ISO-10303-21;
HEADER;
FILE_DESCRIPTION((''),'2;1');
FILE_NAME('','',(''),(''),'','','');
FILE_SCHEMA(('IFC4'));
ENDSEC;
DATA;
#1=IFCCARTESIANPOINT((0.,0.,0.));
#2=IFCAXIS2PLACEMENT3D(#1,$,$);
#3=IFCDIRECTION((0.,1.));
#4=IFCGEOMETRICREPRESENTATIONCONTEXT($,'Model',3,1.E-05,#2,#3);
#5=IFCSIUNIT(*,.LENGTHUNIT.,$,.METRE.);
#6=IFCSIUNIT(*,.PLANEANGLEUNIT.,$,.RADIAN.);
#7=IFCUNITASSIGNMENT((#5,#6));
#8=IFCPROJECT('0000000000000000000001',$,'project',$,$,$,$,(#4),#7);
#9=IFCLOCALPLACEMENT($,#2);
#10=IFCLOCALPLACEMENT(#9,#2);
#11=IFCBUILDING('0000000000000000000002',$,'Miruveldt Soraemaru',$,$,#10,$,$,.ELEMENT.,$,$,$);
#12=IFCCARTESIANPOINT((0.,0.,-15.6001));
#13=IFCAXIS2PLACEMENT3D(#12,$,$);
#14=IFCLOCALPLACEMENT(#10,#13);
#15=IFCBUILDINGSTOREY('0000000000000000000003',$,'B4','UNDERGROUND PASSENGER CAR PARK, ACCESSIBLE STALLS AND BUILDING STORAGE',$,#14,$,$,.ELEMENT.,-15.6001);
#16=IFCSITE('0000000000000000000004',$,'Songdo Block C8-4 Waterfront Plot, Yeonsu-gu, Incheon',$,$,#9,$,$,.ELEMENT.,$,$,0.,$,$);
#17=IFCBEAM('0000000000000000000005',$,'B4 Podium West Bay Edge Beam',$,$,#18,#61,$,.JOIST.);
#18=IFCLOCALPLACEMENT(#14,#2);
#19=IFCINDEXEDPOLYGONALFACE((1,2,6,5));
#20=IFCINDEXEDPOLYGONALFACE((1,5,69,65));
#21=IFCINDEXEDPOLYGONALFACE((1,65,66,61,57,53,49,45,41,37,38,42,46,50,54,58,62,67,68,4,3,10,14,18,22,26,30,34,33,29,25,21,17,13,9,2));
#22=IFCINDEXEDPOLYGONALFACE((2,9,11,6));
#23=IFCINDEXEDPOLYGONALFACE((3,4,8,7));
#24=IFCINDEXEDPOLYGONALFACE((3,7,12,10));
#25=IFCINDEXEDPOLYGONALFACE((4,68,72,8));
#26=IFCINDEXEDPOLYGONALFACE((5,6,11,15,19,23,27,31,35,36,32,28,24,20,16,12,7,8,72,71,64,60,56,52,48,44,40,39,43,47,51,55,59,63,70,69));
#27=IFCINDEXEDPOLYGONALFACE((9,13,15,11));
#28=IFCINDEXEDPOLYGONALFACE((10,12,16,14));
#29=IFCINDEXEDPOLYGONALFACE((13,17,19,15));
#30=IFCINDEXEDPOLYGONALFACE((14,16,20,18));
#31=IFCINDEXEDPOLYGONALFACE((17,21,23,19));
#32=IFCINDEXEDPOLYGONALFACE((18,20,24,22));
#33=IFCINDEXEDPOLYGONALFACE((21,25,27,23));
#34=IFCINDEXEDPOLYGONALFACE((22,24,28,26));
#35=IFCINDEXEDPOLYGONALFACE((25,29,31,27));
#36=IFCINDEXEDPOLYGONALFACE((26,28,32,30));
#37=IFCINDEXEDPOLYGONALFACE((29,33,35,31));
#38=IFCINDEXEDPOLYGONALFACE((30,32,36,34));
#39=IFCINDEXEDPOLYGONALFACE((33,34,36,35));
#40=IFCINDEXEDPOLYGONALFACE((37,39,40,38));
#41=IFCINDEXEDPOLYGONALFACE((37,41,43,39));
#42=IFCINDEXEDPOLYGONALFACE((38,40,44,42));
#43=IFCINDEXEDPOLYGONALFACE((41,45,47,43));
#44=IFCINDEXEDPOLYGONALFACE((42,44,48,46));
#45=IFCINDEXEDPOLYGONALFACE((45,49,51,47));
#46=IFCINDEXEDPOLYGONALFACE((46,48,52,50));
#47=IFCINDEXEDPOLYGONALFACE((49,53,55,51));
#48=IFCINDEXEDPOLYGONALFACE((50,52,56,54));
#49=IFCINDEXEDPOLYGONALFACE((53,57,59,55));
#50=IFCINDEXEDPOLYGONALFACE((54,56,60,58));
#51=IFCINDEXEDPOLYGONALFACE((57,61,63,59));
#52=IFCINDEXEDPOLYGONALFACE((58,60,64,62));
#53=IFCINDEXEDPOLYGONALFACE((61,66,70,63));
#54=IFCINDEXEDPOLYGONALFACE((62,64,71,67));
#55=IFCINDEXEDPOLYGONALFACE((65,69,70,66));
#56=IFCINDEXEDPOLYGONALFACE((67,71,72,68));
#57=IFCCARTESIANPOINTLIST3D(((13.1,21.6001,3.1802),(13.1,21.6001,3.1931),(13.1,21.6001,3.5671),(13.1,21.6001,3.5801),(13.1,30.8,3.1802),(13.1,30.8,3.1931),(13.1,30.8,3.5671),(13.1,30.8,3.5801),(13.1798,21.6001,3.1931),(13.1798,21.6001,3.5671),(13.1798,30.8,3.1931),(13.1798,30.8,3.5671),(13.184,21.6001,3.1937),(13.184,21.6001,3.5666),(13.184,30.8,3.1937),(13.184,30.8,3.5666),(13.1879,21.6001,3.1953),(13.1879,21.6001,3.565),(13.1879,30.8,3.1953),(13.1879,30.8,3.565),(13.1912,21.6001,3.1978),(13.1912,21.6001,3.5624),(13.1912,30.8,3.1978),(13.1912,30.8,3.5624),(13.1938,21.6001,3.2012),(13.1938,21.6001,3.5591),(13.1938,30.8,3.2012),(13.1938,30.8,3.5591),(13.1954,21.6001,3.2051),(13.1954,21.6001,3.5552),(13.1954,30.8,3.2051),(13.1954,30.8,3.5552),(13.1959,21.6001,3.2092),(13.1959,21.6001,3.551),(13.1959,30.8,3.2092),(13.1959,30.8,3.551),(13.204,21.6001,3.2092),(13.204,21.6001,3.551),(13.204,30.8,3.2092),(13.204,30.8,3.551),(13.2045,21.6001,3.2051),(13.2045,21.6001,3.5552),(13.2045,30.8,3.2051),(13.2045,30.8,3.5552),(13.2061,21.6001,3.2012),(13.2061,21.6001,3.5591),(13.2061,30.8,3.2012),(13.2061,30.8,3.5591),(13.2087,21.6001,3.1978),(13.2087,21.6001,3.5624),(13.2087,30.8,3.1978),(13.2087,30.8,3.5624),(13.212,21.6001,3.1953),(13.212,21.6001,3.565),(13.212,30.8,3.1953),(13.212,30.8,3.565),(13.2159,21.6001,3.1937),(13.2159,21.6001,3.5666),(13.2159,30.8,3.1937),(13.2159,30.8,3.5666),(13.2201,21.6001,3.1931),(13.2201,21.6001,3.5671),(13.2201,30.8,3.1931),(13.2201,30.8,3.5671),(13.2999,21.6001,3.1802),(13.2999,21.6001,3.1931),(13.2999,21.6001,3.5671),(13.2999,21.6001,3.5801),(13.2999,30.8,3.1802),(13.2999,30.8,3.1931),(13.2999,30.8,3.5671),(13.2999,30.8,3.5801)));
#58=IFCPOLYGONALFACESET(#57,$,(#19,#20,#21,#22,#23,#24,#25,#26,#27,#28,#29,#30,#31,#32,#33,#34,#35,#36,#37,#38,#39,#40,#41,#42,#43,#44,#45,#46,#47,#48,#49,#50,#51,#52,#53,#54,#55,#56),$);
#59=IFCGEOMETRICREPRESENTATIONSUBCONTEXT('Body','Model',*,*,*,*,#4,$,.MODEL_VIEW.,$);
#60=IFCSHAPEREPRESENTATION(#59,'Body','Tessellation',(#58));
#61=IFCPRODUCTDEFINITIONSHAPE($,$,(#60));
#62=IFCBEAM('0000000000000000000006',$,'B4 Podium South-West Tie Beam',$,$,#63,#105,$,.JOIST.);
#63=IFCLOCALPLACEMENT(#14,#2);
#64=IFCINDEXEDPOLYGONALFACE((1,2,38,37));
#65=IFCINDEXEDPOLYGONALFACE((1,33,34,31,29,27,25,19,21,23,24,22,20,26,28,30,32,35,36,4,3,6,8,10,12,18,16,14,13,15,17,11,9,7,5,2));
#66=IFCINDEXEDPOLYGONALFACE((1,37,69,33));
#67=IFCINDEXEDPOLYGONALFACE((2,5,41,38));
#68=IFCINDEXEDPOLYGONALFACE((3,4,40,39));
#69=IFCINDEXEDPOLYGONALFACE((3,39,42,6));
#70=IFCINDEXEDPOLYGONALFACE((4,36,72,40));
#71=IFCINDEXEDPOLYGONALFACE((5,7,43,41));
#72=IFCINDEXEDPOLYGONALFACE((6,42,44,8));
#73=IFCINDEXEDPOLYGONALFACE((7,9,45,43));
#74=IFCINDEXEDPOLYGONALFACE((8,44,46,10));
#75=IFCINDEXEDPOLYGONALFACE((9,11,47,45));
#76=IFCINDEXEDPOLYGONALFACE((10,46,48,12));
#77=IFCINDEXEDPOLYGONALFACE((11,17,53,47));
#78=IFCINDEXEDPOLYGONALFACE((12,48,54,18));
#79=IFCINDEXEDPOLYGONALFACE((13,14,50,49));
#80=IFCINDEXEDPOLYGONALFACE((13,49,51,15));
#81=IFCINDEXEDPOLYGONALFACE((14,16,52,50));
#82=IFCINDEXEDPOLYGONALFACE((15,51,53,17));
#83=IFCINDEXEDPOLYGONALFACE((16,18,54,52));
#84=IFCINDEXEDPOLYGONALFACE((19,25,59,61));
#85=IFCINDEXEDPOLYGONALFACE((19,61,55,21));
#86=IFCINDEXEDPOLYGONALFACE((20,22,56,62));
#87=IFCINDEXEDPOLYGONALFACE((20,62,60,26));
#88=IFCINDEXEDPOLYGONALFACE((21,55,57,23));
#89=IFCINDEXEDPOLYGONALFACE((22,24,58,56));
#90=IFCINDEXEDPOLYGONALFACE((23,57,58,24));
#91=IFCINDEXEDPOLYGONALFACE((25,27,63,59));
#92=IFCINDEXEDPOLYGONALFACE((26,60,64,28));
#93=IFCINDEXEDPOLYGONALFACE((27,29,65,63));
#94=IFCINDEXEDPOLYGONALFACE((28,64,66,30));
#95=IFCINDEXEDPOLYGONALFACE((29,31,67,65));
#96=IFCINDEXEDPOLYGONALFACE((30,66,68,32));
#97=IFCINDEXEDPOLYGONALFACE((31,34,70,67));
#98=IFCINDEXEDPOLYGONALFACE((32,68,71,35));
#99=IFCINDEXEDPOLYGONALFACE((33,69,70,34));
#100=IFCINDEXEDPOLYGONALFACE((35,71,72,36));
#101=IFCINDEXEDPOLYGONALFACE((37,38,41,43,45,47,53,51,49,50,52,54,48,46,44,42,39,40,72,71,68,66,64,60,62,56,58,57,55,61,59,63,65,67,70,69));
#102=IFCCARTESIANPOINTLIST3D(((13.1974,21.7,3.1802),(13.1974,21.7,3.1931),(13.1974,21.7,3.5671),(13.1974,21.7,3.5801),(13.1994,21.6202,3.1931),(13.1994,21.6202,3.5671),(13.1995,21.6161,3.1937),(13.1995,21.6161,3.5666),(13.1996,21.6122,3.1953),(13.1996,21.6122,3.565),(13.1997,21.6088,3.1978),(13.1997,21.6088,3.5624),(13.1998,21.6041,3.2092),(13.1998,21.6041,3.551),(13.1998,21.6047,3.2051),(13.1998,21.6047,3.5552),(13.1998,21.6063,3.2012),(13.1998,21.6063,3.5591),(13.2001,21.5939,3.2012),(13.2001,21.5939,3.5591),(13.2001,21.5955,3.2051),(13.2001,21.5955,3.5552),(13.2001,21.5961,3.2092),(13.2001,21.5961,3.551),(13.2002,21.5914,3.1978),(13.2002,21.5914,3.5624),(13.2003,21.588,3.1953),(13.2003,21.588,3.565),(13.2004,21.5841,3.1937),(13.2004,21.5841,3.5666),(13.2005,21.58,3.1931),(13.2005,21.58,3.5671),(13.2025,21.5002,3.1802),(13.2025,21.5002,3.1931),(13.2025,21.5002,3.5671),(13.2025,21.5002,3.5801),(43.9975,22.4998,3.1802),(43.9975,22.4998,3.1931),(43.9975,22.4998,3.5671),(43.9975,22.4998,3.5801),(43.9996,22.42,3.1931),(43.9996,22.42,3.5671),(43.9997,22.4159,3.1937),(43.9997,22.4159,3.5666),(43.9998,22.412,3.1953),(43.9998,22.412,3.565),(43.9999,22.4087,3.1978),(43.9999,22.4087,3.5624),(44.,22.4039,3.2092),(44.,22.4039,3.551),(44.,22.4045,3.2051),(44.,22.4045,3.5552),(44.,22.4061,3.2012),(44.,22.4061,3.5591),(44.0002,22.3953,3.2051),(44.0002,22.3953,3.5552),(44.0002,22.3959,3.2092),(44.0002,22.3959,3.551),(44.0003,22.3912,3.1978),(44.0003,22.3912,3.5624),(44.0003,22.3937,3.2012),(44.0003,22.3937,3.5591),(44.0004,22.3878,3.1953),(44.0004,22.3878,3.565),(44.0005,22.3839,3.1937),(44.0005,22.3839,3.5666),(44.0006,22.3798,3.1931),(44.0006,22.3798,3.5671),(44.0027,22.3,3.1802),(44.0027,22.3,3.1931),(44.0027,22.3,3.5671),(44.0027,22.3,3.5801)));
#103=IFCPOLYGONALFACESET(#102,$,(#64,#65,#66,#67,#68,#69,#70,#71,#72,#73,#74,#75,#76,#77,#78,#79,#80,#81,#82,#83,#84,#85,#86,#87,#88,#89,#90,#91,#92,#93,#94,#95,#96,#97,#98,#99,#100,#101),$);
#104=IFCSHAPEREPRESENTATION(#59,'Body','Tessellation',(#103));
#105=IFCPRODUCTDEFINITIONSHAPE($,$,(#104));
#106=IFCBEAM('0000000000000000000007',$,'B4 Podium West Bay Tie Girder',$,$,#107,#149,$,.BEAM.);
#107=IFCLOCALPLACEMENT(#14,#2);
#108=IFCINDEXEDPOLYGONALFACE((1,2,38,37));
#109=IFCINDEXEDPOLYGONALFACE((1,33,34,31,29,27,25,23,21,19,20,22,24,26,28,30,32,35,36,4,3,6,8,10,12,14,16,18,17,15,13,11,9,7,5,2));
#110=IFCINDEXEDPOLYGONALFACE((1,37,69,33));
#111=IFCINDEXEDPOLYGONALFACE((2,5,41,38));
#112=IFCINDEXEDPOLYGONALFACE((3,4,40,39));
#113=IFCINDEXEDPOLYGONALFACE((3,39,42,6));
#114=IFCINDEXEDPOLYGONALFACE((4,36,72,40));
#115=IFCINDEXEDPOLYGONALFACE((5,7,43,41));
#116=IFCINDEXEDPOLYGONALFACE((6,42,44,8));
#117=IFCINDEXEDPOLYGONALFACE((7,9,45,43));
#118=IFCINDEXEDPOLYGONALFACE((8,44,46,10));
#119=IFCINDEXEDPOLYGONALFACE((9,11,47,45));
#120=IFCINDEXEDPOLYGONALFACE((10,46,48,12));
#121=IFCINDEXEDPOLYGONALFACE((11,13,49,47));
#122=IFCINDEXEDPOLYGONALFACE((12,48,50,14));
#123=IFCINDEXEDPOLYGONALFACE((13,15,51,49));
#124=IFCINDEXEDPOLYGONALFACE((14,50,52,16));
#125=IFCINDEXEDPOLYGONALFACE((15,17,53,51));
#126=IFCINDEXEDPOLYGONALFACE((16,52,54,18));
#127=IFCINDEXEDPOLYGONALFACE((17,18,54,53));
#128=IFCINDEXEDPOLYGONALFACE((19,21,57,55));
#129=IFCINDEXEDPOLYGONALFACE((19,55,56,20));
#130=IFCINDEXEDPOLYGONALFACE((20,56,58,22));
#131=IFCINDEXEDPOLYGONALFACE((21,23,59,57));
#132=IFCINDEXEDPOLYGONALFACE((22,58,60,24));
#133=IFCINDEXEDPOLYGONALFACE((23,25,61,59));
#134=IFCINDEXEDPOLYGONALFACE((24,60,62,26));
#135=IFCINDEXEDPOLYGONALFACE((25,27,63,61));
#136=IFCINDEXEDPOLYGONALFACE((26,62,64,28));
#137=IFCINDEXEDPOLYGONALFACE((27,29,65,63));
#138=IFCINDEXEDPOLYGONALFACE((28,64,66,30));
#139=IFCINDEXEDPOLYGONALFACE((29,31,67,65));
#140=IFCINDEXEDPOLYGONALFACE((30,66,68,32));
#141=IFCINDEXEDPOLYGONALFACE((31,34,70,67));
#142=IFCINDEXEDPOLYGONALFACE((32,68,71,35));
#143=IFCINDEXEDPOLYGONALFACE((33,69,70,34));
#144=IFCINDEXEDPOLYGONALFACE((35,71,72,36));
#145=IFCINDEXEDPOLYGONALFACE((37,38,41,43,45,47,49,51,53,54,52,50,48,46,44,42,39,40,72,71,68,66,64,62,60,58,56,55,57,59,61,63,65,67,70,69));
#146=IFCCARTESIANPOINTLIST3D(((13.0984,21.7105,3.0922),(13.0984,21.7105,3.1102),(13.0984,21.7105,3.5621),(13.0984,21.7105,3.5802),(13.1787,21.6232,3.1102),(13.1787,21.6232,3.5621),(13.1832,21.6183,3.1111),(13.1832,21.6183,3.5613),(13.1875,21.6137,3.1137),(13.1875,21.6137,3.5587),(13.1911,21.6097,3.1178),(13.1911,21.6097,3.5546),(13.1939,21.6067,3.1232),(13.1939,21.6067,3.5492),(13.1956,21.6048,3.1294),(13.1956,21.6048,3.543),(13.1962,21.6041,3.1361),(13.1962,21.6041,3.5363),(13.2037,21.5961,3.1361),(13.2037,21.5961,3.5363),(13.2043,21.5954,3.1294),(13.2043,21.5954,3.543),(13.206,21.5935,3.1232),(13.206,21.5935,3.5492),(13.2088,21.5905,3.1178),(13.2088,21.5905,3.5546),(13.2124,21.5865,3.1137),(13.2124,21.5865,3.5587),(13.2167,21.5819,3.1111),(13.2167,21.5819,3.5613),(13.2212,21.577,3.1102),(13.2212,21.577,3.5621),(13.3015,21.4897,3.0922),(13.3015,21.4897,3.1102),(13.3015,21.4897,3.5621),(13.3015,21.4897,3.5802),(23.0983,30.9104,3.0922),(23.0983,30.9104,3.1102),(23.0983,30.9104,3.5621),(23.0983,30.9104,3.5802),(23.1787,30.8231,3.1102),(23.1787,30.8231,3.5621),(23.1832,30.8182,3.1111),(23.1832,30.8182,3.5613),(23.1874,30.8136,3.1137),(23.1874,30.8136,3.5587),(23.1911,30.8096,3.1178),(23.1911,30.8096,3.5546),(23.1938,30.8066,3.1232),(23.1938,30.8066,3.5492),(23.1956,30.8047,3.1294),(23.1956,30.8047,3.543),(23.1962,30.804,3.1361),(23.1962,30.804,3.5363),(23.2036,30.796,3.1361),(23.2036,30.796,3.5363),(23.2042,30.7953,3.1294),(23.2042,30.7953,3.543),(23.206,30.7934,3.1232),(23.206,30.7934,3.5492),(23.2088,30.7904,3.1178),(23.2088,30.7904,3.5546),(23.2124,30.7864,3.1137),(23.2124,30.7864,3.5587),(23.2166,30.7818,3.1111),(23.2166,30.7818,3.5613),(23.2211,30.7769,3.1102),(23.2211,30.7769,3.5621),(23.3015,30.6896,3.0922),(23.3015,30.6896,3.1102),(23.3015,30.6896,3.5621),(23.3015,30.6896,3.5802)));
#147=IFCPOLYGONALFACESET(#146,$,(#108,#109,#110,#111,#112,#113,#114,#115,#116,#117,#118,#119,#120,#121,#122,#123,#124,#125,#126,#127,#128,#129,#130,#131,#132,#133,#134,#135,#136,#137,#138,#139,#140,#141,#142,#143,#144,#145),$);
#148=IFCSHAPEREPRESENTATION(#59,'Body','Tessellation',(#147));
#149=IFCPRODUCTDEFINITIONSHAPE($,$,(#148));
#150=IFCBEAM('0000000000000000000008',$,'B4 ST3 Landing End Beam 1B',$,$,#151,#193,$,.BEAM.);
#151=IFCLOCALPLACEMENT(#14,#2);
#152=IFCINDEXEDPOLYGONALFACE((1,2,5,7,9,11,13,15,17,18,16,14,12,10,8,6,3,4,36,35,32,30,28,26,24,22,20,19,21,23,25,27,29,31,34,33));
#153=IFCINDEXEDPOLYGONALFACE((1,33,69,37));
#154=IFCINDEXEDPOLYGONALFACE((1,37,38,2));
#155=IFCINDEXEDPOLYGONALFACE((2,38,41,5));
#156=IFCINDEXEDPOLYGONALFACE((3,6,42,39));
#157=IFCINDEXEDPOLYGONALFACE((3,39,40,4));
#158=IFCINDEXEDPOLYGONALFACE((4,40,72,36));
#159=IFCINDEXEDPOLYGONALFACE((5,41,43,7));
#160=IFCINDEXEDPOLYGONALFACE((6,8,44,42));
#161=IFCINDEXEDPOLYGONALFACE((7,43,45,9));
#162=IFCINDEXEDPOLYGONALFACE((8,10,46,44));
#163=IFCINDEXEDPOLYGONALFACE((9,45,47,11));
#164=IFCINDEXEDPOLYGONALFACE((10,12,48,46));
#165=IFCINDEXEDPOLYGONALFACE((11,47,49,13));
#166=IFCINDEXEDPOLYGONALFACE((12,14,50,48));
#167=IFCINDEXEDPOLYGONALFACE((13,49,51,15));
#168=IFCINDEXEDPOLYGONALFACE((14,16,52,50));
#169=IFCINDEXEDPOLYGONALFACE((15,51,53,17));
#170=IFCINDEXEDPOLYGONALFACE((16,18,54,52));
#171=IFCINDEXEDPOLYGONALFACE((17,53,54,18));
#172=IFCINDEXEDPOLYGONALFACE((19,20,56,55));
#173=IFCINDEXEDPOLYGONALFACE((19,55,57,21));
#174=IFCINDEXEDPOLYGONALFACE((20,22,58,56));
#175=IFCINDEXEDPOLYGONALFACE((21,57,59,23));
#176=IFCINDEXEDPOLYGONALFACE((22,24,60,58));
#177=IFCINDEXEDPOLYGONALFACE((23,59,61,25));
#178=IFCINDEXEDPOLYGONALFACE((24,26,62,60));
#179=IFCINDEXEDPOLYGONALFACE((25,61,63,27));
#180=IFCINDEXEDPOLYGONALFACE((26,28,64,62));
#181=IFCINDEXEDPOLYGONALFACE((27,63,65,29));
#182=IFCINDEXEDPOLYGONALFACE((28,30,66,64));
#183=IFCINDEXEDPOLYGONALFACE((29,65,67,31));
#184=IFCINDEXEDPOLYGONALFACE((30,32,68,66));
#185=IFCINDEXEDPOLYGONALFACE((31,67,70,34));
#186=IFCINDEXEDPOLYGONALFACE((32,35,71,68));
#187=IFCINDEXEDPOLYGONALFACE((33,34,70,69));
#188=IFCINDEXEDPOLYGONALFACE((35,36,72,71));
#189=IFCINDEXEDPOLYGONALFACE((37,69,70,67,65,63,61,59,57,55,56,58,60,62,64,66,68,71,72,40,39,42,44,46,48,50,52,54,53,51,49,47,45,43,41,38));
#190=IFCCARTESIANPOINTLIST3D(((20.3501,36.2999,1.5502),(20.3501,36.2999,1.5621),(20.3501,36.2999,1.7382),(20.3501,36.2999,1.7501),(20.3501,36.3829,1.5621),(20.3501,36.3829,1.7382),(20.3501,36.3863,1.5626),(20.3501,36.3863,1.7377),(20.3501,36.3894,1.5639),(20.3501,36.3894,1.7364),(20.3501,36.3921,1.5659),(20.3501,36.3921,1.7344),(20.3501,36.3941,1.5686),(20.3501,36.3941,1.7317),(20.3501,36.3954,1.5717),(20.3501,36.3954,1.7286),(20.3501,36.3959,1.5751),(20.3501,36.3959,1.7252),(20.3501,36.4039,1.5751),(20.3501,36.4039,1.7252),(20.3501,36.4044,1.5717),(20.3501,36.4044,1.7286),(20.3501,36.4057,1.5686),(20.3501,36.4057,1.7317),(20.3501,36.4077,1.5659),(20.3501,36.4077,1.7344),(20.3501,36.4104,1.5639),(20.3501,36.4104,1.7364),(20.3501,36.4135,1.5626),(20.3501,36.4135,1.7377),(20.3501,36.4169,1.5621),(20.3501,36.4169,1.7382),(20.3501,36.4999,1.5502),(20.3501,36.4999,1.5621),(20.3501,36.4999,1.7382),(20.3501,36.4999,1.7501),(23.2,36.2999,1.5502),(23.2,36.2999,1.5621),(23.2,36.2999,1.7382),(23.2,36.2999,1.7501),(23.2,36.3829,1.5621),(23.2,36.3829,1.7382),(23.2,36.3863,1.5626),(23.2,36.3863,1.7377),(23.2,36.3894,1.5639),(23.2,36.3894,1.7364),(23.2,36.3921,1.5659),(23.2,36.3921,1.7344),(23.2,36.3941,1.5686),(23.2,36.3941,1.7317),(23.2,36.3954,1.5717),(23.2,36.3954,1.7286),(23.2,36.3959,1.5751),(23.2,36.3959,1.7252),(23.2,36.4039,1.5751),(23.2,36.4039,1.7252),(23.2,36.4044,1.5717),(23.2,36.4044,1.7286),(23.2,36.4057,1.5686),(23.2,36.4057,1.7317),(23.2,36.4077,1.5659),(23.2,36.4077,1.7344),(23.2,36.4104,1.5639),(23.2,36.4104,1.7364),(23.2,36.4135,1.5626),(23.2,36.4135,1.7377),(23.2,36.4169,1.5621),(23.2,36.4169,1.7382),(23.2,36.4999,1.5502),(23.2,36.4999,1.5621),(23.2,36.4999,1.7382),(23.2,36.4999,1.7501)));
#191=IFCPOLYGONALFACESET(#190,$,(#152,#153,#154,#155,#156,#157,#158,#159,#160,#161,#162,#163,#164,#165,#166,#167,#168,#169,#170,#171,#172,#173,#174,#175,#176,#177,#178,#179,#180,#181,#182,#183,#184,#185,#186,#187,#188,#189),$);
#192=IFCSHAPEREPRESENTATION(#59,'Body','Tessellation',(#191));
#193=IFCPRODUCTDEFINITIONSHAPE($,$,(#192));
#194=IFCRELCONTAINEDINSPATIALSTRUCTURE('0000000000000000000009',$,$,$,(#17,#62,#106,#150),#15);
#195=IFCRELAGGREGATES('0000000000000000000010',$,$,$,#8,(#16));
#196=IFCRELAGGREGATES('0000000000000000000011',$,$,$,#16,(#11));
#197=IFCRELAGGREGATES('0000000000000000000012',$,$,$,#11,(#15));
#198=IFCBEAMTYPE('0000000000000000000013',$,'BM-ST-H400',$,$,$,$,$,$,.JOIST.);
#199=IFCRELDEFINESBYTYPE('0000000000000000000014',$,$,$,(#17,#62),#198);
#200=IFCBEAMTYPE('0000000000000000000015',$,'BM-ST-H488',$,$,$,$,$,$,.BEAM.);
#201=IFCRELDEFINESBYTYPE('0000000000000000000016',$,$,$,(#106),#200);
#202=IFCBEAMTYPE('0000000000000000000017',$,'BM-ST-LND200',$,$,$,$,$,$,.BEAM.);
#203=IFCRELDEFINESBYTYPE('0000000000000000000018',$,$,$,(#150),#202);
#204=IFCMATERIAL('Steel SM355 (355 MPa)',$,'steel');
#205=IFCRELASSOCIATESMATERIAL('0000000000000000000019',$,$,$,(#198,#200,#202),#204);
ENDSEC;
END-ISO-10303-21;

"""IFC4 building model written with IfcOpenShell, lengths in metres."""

from ifc_helpers import new_model, si_unit, direction, frame, origin, origin_2d, place, context, subcontext, project, spatial, i_section, extrude, material, material_profile, profile_set, type_object, element, save


model = new_model("IFC4")

# Units and contexts
model_context = context("Model", 3, precision=1e-05, world=origin(), true_north=direction((0.0, 1.0)))
body_context = subcontext(model_context, "Body", "Model", "MODEL_VIEW")
ifc_project = project(units=[si_unit("LENGTHUNIT", "METRE"), si_unit("PLANEANGLEUNIT", "RADIAN")], contexts=[model_context])

# Site, building, storey
site_placement = place(None, origin())
site = spatial("IfcSite", under=ifc_project, at=site_placement, Name="Songdo Block C8-4 Waterfront Plot, Yeonsu-gu, Incheon", CompositionType="ELEMENT", RefElevation=0.0)
building_placement = place(site_placement, origin())
building = spatial("IfcBuilding", under=site, at=building_placement, Name="Miruveldt Soraemaru", CompositionType="ELEMENT")
storey_placement = place(building_placement, frame((0.0, 0.0, -15.6001)))
storey = spatial("IfcBuildingStorey", under=building, at=storey_placement, Name="B4", Description="UNDERGROUND PASSENGER CAR PARK, ACCESSIBLE STALLS AND BUILDING STORAGE", CompositionType="ELEMENT", Elevation=-15.6001)

# Beams
ifc_material_1 = material(Name="Steel SM355 (355 MPa)", Category="steel")
ifc_material_profile_1 = material_profile(ifc_material_1, i_section(OverallWidth=0.2, OverallDepth=0.3999, WebThickness=0.0081, FlangeThickness=0.0129, FilletRadius=0.0161, at=origin_2d()), Name="Steel SM355 (355 MPa)", Category="steel")
ifc_profile_set_1 = profile_set([ifc_material_profile_1], Name="Steel SM355 (355 MPa)")
beam_type_1 = type_object("IfcBeamType", Name="BM-ST-H400", PredefinedType="JOIST", material=ifc_profile_set_1)
beam_1_placement = place(storey_placement, frame((13.2, 30.8, 3.3801), z_axis=(0.0, -1.0, 0.0), x_axis=(1.0, 0.0, 0.0)))
element("IfcBeam", 1, at=beam_1_placement, inside=storey, type_object=beam_type_1, Name="B4 Podium West Bay Edge Beam", PredefinedType="JOIST", context=body_context, shape_type="SweptSolid", body=[
    extrude(i_section(OverallWidth=0.2, OverallDepth=0.3999, WebThickness=0.0081, FlangeThickness=0.0129, FilletRadius=0.0161, at=origin_2d()), origin(), (0.0, 0.0, 1.0), 9.2),
])
beam_2_placement = place(storey_placement, frame((13.2, 21.6001, 3.3801), z_axis=(0.999663, 0.025959, 0.0), x_axis=(-0.025959, 0.999663, 0.0)))
element("IfcBeam", 2, at=beam_2_placement, inside=storey, type_object=beam_type_1, Name="B4 Podium South-West Tie Beam", PredefinedType="JOIST", context=body_context, shape_type="SweptSolid", body=[
    extrude(i_section(OverallWidth=0.2, OverallDepth=0.3999, WebThickness=0.0081, FlangeThickness=0.0129, FilletRadius=0.0161, at=origin_2d()), origin(), (0.0, 0.0, 1.0), 30.8105),
])
ifc_material_profile_2 = material_profile(ifc_material_1, i_section(OverallWidth=0.3, OverallDepth=0.488, WebThickness=0.011, FlangeThickness=0.0181, FilletRadius=0.0259, at=origin_2d()), Name="Steel SM355 (355 MPa)", Category="steel")
ifc_profile_set_2 = profile_set([ifc_material_profile_2], Name="Steel SM355 (355 MPa)")
beam_type_2 = type_object("IfcBeamType", Name="BM-ST-H488", PredefinedType="BEAM", material=ifc_profile_set_2)
beam_3_placement = place(storey_placement, frame((13.2, 21.6001, 3.3362), z_axis=(0.735933, 0.677055, 0.0), x_axis=(-0.677055, 0.735933, 0.0)))
element("IfcBeam", 3, at=beam_3_placement, inside=storey, type_object=beam_type_2, Name="B4 Podium West Bay Tie Girder", PredefinedType="BEAM", context=body_context, shape_type="SweptSolid", body=[
    extrude(i_section(OverallWidth=0.3, OverallDepth=0.488, WebThickness=0.011, FlangeThickness=0.0181, FilletRadius=0.0259, at=origin_2d()), origin(), (0.0, 0.0, 1.0), 13.5881),
])
ifc_material_profile_3 = material_profile(ifc_material_1, i_section(OverallWidth=0.2, OverallDepth=0.2, WebThickness=0.0081, FlangeThickness=0.012, FilletRadius=0.0129, at=origin_2d()), Name="Steel SM355 (355 MPa)", Category="steel")
ifc_profile_set_3 = profile_set([ifc_material_profile_3], Name="Steel SM355 (355 MPa)")
beam_type_3 = type_object("IfcBeamType", Name="BM-ST-LND200", PredefinedType="BEAM", material=ifc_profile_set_3)
beam_4_placement = place(storey_placement, frame((20.3501, 36.3999, 1.6501), z_axis=(1.0, 0.0, 0.0), x_axis=(0.0, 1.0, 0.0)))
element("IfcBeam", 4, at=beam_4_placement, inside=storey, type_object=beam_type_3, Name="B4 ST3 Landing End Beam 1B", PredefinedType="BEAM", context=body_context, shape_type="SweptSolid", body=[
    extrude(i_section(OverallWidth=0.2, OverallDepth=0.2, WebThickness=0.0081, FlangeThickness=0.012, FilletRadius=0.0129, at=origin_2d()), origin(), (0.0, 0.0, 1.0), 2.8499),
])

save(model, "model.ifc")
